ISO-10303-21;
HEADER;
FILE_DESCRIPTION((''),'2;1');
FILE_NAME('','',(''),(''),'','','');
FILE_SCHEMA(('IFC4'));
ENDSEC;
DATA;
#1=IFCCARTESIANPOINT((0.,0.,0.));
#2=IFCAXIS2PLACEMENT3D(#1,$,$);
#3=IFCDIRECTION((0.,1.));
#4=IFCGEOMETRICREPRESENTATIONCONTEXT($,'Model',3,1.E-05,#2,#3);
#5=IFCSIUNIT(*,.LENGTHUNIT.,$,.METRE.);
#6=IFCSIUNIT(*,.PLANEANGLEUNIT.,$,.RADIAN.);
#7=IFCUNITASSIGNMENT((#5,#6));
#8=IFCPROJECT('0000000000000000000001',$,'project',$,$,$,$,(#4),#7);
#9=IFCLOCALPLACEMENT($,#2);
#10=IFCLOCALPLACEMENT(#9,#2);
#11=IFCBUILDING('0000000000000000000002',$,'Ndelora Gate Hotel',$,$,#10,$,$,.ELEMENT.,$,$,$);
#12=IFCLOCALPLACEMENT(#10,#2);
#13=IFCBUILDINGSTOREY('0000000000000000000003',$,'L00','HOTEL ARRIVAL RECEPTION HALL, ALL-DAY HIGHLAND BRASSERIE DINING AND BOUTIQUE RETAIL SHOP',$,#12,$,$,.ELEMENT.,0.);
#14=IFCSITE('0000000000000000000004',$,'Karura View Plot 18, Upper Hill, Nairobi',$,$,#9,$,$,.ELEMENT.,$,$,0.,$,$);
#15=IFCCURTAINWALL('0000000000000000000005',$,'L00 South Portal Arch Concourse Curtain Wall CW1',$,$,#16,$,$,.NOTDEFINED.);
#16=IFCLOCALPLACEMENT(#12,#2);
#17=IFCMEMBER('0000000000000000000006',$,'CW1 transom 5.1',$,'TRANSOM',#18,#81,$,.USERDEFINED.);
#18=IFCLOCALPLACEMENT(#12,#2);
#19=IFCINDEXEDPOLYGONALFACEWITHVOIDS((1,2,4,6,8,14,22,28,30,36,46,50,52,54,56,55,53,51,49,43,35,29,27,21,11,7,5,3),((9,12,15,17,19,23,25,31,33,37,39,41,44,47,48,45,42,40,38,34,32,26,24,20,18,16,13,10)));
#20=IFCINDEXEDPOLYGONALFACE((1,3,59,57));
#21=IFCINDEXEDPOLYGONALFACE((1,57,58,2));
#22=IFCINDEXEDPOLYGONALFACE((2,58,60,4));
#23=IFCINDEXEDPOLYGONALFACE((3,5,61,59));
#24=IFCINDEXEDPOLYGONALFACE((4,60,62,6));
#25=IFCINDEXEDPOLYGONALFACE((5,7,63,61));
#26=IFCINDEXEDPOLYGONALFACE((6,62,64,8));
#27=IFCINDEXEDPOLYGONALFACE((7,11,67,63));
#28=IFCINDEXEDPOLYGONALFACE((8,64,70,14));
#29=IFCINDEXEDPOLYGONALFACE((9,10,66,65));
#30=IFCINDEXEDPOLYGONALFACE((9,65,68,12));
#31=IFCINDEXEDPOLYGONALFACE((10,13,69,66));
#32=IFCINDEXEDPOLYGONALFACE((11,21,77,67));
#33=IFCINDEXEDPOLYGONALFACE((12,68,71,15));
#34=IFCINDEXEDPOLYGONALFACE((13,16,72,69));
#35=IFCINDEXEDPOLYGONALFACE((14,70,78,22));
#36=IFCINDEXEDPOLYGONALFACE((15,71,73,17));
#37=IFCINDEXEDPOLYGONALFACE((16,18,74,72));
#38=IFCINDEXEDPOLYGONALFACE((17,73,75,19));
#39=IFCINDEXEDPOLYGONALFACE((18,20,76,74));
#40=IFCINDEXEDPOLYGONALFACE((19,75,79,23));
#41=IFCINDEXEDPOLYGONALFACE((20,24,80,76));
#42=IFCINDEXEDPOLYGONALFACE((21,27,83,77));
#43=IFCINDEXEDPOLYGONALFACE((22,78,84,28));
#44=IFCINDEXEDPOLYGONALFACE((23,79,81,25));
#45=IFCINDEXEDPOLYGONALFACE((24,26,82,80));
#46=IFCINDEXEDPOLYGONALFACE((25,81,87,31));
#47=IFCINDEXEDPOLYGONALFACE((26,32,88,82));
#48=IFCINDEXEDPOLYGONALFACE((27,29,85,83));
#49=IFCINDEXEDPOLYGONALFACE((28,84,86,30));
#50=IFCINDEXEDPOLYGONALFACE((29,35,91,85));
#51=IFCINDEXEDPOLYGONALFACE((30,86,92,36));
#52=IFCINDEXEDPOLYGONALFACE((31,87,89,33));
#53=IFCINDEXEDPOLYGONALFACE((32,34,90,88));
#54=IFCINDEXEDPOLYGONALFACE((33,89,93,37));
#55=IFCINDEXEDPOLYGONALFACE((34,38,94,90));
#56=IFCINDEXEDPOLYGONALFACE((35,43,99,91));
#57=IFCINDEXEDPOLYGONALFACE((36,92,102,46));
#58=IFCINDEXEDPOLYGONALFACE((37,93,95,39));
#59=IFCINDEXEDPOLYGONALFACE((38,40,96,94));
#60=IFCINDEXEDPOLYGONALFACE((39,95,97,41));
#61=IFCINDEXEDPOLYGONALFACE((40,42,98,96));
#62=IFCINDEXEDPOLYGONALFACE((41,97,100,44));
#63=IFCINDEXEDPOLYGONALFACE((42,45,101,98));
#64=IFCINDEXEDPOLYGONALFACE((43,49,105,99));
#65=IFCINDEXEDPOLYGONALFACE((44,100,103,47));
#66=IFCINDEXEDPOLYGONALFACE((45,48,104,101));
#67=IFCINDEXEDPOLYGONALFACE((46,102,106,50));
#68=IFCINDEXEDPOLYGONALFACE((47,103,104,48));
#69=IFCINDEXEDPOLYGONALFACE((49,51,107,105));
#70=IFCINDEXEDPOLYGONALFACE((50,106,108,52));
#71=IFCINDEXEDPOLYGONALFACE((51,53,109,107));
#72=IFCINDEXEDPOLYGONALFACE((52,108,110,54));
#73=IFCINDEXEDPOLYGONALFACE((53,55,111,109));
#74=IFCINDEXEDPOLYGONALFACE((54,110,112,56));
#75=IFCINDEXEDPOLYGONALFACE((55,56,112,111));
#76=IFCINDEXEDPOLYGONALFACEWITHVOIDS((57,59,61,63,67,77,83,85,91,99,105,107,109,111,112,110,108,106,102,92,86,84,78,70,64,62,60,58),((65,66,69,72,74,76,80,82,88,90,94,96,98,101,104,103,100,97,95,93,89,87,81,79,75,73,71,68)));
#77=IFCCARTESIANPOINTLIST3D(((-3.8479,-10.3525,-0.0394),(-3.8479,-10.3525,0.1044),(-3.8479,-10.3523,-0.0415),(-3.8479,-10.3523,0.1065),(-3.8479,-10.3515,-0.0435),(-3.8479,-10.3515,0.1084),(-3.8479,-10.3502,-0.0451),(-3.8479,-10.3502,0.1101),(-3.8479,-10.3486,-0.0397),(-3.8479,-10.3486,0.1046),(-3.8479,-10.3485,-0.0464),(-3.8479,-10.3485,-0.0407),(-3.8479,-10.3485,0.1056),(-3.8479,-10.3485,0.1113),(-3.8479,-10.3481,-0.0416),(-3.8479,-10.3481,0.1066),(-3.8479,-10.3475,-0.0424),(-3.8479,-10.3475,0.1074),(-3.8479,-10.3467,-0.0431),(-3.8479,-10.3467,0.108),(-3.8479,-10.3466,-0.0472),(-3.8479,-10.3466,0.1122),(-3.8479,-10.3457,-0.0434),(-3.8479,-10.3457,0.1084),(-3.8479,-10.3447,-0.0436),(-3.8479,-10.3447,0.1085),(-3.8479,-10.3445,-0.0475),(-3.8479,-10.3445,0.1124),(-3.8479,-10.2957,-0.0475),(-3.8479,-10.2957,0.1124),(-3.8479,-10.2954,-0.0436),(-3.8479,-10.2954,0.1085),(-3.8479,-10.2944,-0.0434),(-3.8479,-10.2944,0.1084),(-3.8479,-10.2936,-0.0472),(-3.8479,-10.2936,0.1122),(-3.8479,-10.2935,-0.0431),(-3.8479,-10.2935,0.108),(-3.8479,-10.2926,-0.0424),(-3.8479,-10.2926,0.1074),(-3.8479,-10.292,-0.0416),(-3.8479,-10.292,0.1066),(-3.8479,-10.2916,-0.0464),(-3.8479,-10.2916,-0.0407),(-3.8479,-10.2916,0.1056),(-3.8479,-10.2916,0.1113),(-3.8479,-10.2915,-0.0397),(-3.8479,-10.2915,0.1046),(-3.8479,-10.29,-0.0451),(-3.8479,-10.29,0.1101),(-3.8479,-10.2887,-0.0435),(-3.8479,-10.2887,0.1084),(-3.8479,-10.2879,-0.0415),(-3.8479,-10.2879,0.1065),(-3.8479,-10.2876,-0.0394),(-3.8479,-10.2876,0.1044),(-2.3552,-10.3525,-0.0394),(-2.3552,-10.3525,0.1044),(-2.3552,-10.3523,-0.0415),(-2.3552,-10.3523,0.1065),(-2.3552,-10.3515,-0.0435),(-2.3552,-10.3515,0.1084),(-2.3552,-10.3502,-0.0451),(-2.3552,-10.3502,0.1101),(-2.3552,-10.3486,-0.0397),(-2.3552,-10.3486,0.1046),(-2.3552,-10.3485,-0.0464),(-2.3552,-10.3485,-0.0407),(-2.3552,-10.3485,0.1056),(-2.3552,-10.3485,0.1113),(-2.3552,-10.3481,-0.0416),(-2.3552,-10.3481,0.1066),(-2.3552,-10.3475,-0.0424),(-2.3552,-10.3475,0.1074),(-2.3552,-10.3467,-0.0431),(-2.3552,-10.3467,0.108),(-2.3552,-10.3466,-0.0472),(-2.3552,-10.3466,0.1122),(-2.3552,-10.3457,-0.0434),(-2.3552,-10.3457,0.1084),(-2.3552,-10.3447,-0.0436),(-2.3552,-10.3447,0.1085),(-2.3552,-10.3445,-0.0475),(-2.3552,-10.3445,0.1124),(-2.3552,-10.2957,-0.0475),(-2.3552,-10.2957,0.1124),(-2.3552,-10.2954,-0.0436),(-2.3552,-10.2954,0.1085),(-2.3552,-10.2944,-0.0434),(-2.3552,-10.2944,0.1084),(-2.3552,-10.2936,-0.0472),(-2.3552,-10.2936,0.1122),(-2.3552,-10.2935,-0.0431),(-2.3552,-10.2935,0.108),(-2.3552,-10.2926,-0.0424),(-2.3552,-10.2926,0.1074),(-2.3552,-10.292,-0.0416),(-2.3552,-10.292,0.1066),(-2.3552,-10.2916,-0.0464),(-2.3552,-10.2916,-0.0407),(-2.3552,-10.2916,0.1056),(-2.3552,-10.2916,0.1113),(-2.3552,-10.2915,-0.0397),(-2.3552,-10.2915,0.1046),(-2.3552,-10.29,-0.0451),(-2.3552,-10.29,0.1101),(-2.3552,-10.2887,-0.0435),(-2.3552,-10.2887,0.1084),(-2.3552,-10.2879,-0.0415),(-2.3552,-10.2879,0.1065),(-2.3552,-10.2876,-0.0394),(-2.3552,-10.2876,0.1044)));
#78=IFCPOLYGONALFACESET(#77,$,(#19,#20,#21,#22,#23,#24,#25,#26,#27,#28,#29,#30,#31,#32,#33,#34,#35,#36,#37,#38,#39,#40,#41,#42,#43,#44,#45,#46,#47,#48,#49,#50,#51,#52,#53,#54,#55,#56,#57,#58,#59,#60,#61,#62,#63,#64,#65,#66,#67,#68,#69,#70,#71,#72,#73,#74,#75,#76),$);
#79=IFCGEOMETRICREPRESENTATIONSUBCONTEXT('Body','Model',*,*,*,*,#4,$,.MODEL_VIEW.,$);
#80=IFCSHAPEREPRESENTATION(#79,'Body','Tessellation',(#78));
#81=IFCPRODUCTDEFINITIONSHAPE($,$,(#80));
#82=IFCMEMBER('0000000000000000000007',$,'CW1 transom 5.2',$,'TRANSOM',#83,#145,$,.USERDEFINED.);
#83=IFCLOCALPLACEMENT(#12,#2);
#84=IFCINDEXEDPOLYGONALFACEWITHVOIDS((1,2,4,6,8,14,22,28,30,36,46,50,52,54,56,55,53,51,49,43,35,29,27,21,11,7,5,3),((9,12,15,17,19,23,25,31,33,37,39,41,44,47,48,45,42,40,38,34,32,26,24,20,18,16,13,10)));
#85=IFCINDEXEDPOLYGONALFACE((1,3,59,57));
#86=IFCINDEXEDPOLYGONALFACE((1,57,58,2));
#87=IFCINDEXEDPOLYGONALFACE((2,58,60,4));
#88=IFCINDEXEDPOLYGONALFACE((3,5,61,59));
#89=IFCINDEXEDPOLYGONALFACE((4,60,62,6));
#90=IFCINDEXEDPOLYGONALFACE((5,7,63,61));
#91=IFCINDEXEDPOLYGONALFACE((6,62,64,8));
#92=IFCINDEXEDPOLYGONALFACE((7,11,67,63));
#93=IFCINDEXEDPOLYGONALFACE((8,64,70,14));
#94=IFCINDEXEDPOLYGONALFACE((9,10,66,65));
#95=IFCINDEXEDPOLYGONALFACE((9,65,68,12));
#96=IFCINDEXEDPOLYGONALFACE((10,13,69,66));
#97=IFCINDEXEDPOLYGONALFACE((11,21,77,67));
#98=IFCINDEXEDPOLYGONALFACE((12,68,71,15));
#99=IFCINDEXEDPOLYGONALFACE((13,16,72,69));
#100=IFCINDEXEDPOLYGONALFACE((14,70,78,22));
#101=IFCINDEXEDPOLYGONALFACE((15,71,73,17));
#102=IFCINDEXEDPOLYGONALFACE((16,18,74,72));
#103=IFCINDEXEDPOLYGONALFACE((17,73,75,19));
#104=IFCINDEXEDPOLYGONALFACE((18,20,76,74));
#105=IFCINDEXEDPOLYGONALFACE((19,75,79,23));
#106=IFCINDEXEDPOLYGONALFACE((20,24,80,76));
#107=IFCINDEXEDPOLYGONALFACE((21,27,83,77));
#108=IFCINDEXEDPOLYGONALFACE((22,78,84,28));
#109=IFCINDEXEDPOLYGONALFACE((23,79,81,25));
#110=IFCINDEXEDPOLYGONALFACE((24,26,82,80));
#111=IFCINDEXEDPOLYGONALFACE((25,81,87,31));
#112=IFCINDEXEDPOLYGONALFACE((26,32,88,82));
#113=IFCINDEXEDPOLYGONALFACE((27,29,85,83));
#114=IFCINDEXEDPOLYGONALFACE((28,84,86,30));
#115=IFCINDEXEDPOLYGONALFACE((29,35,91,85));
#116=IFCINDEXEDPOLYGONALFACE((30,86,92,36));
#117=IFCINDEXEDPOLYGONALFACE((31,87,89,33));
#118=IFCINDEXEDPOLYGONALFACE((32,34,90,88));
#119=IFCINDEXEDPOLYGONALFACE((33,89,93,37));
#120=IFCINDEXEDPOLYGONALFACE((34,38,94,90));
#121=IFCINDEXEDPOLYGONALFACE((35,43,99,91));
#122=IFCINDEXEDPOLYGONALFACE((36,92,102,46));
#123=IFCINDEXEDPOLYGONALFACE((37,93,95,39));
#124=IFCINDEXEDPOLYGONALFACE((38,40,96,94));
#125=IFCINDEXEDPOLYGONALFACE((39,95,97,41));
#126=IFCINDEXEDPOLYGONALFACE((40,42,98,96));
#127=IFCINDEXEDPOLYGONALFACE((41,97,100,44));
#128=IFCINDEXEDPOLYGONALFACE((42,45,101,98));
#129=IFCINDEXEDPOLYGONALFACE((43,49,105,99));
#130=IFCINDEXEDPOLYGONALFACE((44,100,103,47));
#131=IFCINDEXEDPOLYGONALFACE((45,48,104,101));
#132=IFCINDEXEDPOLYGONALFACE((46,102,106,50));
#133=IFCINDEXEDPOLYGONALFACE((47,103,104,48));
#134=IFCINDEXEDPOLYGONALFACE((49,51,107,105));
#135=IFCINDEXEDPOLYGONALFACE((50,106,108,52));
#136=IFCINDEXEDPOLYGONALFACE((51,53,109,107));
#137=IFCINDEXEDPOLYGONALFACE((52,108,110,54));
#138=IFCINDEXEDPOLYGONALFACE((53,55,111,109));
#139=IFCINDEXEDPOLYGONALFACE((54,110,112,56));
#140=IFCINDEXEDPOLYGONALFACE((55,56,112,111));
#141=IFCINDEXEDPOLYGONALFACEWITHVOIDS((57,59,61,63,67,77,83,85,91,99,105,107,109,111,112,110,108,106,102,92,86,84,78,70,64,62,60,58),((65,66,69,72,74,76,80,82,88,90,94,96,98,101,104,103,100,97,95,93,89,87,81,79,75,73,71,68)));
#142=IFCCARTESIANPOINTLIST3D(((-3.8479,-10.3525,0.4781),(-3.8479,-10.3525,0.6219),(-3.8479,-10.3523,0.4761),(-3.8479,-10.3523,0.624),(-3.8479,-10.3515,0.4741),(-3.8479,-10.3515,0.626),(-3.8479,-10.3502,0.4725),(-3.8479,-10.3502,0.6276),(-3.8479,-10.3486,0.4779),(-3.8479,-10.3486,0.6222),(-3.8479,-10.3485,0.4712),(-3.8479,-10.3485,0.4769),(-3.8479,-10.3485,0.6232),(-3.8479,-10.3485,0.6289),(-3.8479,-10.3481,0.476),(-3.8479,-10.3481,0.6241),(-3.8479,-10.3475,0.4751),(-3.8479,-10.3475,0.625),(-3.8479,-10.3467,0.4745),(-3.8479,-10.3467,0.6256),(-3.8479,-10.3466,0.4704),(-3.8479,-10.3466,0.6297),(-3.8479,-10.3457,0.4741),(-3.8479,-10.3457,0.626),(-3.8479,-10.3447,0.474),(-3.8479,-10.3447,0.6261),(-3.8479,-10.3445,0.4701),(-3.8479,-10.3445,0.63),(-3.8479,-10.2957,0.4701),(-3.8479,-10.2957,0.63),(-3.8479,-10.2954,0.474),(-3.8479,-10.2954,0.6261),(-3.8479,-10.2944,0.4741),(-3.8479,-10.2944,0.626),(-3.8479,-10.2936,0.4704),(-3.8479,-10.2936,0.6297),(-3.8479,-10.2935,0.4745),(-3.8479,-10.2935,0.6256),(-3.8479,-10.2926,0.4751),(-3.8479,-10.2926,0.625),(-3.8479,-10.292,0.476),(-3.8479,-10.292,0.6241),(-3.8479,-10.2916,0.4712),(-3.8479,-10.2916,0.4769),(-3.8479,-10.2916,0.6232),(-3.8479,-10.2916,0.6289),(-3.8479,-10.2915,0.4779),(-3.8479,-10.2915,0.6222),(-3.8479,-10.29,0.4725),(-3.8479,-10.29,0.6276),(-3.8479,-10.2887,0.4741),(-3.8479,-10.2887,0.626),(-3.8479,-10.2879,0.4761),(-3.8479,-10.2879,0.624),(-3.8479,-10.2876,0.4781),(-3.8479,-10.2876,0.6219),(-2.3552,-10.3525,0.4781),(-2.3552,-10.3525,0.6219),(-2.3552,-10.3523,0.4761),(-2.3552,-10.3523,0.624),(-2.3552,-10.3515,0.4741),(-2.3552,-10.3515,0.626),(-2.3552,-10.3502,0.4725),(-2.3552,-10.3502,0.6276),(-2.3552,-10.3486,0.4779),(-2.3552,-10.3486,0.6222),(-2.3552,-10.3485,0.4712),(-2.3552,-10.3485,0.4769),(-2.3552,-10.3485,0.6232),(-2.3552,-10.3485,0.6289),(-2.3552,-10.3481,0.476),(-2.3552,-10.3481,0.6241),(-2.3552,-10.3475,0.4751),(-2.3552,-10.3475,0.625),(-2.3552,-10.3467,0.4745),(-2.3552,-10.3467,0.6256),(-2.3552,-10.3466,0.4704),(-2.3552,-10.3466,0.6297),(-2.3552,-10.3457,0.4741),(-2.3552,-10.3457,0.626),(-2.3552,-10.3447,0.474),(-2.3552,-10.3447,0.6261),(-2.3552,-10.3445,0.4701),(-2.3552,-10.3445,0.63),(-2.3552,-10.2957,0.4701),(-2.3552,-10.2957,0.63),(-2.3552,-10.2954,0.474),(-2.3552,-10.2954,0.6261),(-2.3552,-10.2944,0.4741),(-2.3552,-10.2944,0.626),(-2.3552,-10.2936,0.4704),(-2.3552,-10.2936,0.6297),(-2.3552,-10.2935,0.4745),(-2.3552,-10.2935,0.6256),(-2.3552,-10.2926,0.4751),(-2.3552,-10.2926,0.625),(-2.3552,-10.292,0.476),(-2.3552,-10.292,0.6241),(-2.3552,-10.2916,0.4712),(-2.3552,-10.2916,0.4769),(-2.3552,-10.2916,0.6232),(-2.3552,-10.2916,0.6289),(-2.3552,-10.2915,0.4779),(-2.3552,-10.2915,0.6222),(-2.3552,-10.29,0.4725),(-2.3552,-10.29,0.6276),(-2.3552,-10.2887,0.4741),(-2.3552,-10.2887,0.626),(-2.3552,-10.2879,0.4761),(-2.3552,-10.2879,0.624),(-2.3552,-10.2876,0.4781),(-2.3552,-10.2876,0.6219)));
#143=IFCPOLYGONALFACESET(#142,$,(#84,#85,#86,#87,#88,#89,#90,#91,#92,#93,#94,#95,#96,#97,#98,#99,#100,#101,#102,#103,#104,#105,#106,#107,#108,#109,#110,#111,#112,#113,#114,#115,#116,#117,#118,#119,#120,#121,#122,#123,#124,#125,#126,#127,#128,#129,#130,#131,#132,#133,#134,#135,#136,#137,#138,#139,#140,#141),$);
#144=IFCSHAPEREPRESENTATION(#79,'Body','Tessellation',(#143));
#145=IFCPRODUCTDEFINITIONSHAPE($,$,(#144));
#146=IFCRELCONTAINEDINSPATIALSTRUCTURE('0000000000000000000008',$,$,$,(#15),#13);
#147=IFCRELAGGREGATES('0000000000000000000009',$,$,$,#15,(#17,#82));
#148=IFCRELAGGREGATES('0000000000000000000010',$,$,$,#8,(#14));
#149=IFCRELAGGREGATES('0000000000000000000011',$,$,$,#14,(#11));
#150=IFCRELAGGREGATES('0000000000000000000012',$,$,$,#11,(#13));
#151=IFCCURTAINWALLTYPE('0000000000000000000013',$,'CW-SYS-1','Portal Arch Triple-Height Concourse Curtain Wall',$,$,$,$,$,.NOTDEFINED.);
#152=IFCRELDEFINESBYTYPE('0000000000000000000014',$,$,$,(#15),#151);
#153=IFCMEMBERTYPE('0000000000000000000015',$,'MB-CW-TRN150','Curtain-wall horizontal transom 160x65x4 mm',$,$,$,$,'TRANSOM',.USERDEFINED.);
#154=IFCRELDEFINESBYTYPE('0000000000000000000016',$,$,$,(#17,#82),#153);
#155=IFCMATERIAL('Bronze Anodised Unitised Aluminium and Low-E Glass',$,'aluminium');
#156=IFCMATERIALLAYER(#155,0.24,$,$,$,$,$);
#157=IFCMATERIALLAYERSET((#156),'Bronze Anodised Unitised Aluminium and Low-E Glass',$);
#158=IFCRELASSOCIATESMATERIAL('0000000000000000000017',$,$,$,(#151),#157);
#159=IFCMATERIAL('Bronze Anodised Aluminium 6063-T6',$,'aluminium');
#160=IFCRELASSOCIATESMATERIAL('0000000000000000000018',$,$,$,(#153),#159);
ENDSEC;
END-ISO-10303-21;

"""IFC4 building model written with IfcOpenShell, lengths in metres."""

from ifc_helpers import new_model, si_unit, direction, frame, origin, origin_2d, place, context, subcontext, project, spatial, hollow_rectangle, extrude, material, layer, layer_set, material_profile, profile_set, type_object, element, aggregate, save


model = new_model("IFC4")

# Units and contexts
model_context = context("Model", 3, precision=1e-05, world=origin(), true_north=direction((0.0, 1.0)))
body_context = subcontext(model_context, "Body", "Model", "MODEL_VIEW")
ifc_project = project(units=[si_unit("LENGTHUNIT", "METRE"), si_unit("PLANEANGLEUNIT", "RADIAN")], contexts=[model_context])

# Site, building, storey
site_placement = place(None, origin())
site = spatial("IfcSite", under=ifc_project, at=site_placement, Name="Karura View Plot 18, Upper Hill, Nairobi", CompositionType="ELEMENT", RefElevation=0.0)
building_placement = place(site_placement, origin())
building = spatial("IfcBuilding", under=site, at=building_placement, Name="Ndelora Gate Hotel", CompositionType="ELEMENT")
storey_placement = place(building_placement, origin())
storey = spatial("IfcBuildingStorey", under=building, at=storey_placement, Name="L00", Description="HOTEL ARRIVAL RECEPTION HALL, ALL-DAY HIGHLAND BRASSERIE DINING AND BOUTIQUE RETAIL SHOP", CompositionType="ELEMENT", Elevation=0.0)

# Curtain wall, members
ifc_material_1 = material(Name="Bronze Anodised Unitised Aluminium and Low-E Glass", Category="aluminium")
ifc_layer_1 = layer(ifc_material_1, 0.24)
ifc_layer_set_1 = layer_set([ifc_layer_1], Name="Bronze Anodised Unitised Aluminium and Low-E Glass")
curtain_wall_type = type_object("IfcCurtainWallType", Name="CW-SYS-1", Description="Portal Arch Triple-Height Concourse Curtain Wall", PredefinedType="NOTDEFINED", material=ifc_layer_set_1)
curtain_wall_placement = place(storey_placement, origin())
curtain_wall = element("IfcCurtainWall", 1, at=curtain_wall_placement, inside=storey, type_object=curtain_wall_type, Name="L00 South Portal Arch Concourse Curtain Wall CW1", PredefinedType="NOTDEFINED")
ifc_material_2 = material(Name="Bronze Anodised Aluminium 6063-T6", Category="aluminium")
ifc_material_profile_1 = material_profile(ifc_material_2, hollow_rectangle(XDim=0.0649, YDim=0.1599, WallThickness=0.0039, InnerFilletRadius=0.0039, OuterFilletRadius=0.0081, at=origin_2d()), Name="ALU 160x65x4")
ifc_profile_set_1 = profile_set([ifc_material_profile_1], Name="Bronze Anodised Aluminium 6063-T6")
member_type_1 = type_object("IfcMemberType", Name="MB-CW-TRN150", Description="Curtain-wall horizontal transom 160x65x4 mm", ElementType="TRANSOM", PredefinedType="USERDEFINED", material=ifc_profile_set_1)
member_1_placement = place(storey_placement, frame((-3.8479, -10.3201, 0.0325), z_axis=(1.0, 0.0, 0.0), x_axis=(0.0, 1.0, 0.0)))
member_1 = element("IfcMember", 2, at=member_1_placement, type_object=member_type_1, Name="CW1 transom 5.1", ObjectType="TRANSOM", PredefinedType="USERDEFINED", context=body_context, shape_type="SweptSolid", body=[
    extrude(hollow_rectangle(XDim=0.0649, YDim=0.1599, WallThickness=0.0039, InnerFilletRadius=0.0039, OuterFilletRadius=0.0081, at=origin_2d()), origin(), (0.0, 0.0, 1.0), 1.4927),
])
member_2_placement = place(storey_placement, frame((-3.8479, -10.3201, 0.55), z_axis=(1.0, 0.0, 0.0), x_axis=(0.0, 1.0, 0.0)))
member_2 = element("IfcMember", 3, at=member_2_placement, type_object=member_type_1, Name="CW1 transom 5.2", ObjectType="TRANSOM", PredefinedType="USERDEFINED", context=body_context, shape_type="SweptSolid", body=[
    extrude(hollow_rectangle(XDim=0.0649, YDim=0.1599, WallThickness=0.0039, InnerFilletRadius=0.0039, OuterFilletRadius=0.0081, at=origin_2d()), origin(), (0.0, 0.0, 1.0), 1.4927),
])
aggregate(curtain_wall, [member_1, member_2])

save(model, "model.ifc")
